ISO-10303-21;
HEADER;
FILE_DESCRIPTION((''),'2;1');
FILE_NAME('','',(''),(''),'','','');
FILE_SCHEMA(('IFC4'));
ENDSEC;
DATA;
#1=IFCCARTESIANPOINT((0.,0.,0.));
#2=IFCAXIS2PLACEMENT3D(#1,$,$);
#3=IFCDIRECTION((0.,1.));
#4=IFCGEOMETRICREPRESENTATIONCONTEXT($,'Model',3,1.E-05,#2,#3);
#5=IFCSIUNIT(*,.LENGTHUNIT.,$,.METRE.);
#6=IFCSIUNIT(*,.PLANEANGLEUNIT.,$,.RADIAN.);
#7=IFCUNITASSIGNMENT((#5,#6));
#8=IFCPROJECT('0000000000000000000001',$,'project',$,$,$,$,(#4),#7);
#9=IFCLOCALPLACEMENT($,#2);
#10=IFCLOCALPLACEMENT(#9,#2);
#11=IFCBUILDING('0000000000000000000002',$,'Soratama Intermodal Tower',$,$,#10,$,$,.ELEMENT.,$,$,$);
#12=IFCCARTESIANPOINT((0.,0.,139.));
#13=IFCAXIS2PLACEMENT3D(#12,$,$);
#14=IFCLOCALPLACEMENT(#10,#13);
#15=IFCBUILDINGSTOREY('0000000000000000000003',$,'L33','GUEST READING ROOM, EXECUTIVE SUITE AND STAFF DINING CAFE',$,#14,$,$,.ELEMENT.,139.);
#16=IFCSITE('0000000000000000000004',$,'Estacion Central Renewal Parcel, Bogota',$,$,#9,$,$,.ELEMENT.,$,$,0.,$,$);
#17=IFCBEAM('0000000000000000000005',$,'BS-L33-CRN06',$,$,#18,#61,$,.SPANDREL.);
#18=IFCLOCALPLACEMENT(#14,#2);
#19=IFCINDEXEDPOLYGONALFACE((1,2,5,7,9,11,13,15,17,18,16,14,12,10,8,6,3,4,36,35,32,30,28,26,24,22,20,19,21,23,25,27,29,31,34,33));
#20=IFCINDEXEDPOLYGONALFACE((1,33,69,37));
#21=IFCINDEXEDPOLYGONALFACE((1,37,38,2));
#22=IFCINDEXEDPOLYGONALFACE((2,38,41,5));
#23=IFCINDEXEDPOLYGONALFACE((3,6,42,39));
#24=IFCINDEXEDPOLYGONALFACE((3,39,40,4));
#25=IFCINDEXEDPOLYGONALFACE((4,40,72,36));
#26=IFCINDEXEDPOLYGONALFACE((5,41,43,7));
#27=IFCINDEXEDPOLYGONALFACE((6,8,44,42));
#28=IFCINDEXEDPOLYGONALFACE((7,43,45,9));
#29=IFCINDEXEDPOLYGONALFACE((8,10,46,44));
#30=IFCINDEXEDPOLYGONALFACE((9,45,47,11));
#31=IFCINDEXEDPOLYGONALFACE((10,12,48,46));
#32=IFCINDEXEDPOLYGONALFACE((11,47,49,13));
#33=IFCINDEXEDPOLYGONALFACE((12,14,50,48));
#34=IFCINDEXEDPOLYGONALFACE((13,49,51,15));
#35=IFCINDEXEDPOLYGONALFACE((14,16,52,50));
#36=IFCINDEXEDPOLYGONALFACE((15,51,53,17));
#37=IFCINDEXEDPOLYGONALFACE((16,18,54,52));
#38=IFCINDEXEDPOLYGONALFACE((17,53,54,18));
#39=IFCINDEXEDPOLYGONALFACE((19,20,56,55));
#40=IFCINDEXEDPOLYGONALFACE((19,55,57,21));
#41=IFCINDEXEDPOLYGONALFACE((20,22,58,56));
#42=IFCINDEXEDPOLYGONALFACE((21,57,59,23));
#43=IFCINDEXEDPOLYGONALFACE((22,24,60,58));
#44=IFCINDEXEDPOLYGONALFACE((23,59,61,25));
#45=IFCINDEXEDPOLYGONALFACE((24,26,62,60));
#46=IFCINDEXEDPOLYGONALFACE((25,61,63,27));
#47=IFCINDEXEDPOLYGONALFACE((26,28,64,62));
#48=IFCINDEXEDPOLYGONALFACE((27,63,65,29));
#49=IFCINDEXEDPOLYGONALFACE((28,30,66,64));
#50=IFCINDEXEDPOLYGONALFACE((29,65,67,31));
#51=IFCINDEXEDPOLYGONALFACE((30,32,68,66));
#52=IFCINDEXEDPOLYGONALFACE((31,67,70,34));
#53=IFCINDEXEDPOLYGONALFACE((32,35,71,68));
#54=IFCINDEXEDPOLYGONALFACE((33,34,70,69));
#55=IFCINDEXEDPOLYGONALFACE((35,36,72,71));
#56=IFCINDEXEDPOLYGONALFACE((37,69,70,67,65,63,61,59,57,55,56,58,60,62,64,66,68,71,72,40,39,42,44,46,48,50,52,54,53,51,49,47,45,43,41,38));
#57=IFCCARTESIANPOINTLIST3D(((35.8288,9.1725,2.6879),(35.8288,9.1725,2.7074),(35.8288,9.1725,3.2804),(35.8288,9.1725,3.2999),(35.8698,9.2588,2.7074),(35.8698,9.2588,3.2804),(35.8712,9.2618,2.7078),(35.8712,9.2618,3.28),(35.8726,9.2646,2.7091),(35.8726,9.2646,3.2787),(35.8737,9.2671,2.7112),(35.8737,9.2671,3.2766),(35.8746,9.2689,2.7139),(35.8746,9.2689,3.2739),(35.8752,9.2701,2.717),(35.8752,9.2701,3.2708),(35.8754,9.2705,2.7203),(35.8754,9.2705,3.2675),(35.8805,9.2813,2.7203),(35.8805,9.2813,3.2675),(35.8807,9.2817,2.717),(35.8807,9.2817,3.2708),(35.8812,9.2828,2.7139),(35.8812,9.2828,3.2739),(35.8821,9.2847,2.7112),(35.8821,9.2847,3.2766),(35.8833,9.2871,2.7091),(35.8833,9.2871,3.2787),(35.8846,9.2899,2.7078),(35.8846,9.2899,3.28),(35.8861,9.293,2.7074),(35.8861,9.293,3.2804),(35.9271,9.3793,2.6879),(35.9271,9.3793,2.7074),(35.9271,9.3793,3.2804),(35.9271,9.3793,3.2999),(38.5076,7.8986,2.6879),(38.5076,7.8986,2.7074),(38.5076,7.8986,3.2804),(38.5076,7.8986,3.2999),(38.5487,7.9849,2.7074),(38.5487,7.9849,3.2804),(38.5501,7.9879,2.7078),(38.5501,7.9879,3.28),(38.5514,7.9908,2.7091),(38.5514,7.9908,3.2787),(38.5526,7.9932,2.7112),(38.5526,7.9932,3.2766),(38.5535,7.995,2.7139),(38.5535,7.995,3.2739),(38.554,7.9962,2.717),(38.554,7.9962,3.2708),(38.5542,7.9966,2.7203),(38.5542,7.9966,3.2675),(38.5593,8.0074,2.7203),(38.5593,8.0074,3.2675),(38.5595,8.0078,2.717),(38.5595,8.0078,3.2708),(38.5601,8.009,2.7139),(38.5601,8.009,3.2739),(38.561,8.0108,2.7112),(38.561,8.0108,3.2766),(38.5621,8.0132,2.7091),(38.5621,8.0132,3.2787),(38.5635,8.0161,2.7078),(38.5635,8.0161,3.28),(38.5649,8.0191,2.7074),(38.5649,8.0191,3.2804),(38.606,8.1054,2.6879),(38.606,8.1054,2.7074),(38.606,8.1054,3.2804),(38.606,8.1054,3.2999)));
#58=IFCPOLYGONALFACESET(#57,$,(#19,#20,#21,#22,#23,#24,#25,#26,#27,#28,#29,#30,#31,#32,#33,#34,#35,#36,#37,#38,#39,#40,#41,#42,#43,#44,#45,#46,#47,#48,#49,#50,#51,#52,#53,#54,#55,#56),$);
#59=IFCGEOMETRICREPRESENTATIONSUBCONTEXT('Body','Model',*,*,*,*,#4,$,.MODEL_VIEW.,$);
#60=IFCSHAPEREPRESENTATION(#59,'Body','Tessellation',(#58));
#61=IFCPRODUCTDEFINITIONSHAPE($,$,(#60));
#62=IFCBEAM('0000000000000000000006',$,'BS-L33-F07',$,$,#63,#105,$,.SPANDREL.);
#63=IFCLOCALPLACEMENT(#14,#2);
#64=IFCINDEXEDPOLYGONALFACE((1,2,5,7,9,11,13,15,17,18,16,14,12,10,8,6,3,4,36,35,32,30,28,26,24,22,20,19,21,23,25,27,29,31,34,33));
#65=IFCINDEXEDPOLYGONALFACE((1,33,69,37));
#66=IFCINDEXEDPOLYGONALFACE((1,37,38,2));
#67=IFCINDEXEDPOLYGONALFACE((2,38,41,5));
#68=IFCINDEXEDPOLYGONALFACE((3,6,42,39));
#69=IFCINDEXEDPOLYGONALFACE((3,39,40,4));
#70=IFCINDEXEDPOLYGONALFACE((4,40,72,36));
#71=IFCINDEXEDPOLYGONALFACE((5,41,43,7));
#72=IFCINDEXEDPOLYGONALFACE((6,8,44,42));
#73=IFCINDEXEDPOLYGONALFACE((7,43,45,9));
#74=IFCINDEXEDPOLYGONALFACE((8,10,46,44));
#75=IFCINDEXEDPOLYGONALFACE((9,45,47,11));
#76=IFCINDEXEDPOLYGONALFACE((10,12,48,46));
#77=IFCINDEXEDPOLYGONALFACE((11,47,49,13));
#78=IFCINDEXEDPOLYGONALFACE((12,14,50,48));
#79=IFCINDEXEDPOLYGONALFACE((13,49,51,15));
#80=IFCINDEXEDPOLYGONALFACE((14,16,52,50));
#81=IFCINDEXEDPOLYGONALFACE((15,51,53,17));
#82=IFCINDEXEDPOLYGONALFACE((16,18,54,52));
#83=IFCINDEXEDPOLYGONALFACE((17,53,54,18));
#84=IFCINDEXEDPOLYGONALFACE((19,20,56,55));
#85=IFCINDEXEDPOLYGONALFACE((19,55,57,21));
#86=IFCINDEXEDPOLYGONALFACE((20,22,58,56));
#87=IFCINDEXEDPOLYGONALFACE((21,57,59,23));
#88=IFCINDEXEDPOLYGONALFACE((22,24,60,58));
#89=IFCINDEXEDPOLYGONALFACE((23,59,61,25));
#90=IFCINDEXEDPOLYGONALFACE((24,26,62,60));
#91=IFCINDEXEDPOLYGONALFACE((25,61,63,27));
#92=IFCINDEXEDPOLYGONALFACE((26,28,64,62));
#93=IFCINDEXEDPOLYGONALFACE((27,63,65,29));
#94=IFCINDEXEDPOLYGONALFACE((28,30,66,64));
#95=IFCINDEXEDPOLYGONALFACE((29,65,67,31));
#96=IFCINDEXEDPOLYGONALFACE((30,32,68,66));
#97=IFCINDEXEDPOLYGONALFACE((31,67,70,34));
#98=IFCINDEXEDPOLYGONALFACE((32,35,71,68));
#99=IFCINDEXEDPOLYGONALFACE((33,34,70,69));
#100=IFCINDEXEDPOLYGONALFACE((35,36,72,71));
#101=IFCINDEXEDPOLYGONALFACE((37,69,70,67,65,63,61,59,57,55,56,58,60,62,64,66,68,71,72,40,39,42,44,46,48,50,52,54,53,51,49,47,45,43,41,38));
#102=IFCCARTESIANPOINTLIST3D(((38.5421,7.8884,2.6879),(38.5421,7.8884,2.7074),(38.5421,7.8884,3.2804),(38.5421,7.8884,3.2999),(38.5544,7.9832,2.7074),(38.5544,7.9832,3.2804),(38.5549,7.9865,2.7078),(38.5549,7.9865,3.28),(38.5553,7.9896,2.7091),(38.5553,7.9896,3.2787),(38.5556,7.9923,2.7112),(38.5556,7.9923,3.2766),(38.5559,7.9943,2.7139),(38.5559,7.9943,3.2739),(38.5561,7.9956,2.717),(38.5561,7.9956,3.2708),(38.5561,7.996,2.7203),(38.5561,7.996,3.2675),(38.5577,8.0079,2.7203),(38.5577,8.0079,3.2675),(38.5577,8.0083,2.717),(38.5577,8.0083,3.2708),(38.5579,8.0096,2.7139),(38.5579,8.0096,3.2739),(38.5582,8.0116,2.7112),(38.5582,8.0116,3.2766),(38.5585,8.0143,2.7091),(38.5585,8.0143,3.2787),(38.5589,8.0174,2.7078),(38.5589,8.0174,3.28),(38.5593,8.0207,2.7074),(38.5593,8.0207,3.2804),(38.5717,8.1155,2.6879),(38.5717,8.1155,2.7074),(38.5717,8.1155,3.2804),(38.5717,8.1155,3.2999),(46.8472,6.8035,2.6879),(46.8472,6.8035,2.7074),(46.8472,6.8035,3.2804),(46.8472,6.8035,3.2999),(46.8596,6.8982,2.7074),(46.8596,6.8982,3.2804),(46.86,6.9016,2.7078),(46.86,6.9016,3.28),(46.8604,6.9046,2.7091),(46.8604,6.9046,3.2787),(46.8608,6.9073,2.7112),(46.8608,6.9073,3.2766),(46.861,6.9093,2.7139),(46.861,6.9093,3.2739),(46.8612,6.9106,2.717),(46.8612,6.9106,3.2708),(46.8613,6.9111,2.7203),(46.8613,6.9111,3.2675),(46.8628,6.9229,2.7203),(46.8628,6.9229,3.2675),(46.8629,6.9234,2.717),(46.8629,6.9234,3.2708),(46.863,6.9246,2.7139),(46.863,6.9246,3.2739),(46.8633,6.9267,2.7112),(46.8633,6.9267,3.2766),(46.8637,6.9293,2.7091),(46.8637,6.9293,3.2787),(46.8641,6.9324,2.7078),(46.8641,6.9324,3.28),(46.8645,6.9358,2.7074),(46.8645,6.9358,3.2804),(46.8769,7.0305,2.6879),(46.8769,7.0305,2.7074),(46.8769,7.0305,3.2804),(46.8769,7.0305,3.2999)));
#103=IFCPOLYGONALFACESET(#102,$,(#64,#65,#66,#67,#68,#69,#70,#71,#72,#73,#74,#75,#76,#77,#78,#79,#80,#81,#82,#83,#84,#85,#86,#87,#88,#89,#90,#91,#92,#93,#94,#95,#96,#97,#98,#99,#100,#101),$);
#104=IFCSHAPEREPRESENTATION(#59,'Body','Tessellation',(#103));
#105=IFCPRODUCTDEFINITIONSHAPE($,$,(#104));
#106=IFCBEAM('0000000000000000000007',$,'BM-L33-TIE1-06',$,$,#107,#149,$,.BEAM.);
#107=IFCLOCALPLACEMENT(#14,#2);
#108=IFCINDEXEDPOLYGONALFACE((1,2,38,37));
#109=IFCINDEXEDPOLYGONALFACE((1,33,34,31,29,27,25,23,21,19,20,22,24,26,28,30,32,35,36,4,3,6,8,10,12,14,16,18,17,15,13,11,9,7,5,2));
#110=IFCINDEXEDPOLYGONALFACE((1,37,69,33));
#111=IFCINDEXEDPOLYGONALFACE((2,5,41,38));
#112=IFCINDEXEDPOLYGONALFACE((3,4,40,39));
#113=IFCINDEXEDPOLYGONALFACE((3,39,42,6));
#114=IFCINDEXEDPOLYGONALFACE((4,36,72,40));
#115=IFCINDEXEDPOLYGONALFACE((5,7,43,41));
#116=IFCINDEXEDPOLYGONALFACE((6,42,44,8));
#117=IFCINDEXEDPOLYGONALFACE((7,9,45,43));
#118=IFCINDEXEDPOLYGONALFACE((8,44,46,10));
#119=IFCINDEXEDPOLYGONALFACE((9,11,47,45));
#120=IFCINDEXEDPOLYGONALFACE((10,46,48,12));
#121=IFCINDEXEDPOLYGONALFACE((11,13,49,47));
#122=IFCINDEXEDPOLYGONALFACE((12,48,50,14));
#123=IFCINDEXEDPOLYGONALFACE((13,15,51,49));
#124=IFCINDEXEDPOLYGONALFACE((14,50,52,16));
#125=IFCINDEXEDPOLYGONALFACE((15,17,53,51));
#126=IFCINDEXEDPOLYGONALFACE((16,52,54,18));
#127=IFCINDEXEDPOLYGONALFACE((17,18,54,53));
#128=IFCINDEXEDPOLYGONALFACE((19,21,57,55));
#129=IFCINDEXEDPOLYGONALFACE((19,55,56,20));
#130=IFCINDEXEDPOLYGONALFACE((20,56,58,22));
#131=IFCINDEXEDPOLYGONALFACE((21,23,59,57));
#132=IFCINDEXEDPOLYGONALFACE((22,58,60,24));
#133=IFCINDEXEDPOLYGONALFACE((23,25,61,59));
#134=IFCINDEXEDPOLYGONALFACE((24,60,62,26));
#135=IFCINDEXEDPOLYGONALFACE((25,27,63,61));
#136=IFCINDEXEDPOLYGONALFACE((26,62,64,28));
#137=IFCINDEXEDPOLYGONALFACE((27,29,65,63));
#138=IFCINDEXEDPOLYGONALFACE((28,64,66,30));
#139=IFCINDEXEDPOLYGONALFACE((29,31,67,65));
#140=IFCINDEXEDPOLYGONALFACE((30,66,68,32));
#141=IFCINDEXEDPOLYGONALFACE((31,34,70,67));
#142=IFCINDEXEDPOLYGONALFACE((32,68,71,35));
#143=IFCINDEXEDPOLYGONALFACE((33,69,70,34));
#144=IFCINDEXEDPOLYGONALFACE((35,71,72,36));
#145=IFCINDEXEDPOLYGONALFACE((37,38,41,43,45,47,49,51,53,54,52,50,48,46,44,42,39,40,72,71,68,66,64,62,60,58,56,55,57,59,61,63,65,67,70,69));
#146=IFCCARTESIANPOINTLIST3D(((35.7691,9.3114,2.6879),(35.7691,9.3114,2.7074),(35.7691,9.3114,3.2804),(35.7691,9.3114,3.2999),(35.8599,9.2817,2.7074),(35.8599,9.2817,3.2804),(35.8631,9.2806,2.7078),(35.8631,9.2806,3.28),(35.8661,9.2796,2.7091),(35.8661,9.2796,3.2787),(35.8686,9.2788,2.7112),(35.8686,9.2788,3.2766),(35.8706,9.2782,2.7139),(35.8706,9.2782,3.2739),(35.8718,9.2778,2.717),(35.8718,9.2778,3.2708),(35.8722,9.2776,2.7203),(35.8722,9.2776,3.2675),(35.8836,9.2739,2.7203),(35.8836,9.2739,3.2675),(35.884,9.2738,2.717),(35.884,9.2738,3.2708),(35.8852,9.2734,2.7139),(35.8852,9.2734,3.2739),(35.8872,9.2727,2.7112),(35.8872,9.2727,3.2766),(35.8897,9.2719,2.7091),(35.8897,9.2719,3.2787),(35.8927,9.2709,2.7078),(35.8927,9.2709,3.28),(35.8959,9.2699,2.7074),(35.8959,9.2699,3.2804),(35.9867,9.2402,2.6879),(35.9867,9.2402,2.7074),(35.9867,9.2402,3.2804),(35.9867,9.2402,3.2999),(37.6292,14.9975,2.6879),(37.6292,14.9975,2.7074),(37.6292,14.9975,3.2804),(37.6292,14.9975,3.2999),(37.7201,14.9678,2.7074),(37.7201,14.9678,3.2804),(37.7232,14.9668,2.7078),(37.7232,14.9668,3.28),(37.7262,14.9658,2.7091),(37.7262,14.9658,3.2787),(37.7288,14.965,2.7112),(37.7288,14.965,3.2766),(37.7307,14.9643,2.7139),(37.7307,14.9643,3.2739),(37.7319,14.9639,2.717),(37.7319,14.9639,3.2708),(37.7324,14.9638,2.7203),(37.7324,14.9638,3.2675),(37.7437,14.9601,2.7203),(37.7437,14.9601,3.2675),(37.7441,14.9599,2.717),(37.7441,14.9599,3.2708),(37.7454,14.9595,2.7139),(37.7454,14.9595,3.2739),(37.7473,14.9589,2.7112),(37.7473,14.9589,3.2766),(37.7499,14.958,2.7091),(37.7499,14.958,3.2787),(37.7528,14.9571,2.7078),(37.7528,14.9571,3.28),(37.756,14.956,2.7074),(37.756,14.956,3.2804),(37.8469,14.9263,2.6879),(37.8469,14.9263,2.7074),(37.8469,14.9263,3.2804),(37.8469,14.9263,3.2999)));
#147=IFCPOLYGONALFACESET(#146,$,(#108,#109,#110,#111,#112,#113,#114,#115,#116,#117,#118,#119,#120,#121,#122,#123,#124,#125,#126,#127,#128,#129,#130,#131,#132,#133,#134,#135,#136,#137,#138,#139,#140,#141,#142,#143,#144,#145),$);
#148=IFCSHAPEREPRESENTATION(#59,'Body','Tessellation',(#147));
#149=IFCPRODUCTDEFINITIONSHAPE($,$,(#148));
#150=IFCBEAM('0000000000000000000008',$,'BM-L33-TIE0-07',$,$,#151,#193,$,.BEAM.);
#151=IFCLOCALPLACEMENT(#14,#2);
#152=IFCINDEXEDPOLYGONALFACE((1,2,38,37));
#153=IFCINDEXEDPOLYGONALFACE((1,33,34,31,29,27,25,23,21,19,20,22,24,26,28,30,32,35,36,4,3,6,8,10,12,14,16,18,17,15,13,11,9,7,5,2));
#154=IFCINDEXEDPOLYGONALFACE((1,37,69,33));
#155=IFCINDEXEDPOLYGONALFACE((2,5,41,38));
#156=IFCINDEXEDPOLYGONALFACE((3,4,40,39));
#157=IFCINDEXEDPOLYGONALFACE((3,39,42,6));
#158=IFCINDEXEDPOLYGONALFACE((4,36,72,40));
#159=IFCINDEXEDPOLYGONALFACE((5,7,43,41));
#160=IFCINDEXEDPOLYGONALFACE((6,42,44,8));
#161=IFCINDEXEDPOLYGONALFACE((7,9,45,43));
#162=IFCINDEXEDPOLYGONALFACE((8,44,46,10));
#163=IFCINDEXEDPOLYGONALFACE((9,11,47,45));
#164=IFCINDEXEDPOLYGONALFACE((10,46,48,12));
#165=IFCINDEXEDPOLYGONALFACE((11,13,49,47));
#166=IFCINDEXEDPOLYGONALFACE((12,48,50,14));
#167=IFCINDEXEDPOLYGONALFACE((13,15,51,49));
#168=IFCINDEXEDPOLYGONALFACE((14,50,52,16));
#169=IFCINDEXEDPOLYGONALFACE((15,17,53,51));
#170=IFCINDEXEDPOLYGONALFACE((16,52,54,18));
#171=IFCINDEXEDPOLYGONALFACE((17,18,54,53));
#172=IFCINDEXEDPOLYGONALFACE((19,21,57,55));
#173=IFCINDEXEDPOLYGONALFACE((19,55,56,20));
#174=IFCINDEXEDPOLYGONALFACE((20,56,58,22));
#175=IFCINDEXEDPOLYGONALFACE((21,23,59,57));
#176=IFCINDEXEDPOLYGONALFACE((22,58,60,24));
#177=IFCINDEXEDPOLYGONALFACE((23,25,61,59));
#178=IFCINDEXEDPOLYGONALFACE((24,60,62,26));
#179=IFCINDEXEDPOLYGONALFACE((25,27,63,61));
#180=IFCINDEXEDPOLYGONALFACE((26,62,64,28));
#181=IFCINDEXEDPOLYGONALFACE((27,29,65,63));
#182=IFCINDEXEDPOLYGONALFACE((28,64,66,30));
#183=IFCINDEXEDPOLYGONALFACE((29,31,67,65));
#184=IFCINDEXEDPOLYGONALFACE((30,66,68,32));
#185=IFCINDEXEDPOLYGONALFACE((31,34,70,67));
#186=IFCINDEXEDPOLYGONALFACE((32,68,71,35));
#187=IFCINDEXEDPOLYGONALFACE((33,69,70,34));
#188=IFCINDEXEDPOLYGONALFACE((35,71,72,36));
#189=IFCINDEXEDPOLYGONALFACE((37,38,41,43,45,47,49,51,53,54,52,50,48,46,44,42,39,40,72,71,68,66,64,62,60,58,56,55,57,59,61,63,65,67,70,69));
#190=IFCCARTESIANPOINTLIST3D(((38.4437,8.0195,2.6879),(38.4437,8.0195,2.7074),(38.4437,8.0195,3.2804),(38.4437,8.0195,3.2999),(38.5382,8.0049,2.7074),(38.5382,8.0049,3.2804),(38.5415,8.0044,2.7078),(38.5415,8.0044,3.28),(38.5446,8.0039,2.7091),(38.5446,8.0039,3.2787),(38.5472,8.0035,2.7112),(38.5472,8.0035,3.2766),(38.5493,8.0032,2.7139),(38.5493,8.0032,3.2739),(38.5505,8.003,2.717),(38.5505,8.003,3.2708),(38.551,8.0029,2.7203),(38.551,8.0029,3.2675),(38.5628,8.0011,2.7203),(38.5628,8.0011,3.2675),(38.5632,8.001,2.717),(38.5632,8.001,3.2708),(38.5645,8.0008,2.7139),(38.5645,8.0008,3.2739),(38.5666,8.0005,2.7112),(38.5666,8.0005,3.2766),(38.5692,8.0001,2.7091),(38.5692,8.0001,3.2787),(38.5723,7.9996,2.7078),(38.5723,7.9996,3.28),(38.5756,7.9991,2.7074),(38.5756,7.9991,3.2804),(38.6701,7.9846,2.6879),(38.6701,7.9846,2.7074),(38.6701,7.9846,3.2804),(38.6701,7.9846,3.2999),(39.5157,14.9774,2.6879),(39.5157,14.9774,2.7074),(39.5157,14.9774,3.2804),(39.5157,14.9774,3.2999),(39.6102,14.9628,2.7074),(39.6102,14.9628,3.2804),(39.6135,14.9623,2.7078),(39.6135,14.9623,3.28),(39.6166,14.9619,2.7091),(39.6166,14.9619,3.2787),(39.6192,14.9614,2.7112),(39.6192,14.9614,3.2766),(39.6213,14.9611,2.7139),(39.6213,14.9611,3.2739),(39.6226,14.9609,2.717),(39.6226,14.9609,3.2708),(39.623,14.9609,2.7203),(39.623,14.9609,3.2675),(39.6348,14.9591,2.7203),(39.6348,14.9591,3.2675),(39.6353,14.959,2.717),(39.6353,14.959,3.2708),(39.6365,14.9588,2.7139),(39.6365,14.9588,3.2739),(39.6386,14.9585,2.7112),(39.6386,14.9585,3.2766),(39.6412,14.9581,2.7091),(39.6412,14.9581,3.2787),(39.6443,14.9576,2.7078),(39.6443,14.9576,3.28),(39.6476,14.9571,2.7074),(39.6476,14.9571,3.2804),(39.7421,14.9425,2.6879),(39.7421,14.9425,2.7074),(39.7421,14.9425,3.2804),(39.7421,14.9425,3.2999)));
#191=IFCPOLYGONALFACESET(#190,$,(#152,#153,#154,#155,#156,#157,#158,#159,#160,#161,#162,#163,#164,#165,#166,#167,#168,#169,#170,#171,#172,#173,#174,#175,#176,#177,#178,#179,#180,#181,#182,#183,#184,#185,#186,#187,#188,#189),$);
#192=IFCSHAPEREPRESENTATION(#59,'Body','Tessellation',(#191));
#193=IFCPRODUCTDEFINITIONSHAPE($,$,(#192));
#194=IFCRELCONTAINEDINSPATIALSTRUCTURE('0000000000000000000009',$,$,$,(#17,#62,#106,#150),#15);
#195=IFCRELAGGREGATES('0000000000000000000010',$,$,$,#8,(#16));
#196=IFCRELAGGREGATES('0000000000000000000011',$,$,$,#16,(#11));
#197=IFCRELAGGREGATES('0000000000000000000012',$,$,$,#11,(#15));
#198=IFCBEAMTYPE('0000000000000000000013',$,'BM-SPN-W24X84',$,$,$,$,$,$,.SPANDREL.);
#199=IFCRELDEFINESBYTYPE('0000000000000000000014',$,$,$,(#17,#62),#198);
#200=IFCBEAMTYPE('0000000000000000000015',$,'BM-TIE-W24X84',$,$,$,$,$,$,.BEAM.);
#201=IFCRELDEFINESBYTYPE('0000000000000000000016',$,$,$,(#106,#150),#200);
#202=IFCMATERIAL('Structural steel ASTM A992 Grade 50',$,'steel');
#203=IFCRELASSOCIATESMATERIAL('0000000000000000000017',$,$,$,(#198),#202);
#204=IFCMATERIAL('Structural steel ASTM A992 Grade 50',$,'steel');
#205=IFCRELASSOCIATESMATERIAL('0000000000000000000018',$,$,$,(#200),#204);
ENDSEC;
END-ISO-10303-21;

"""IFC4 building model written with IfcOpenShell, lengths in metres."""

from ifc_helpers import new_model, si_unit, direction, frame, origin, origin_2d, place, context, subcontext, project, spatial, i_section, extrude, material, material_profile, profile_set, type_object, element, save


model = new_model("IFC4")

# Units and contexts
model_context = context("Model", 3, precision=1e-05, world=origin(), true_north=direction((0.0, 1.0)))
body_context = subcontext(model_context, "Body", "Model", "MODEL_VIEW")
ifc_project = project(units=[si_unit("LENGTHUNIT", "METRE"), si_unit("PLANEANGLEUNIT", "RADIAN")], contexts=[model_context])

# Site, building, storey
site_placement = place(None, origin())
site = spatial("IfcSite", under=ifc_project, at=site_placement, Name="Estacion Central Renewal Parcel, Bogota", CompositionType="ELEMENT", RefElevation=0.0)
building_placement = place(site_placement, origin())
building = spatial("IfcBuilding", under=site, at=building_placement, Name="Soratama Intermodal Tower", CompositionType="ELEMENT")
storey_placement = place(building_placement, frame((0.0, 0.0, 139.0)))
storey = spatial("IfcBuildingStorey", under=building, at=storey_placement, Name="L33", Description="GUEST READING ROOM, EXECUTIVE SUITE AND STAFF DINING CAFE", CompositionType="ELEMENT", Elevation=139.0)

# Beams
ifc_material_1 = material(Name="Structural steel ASTM A992 Grade 50", Category="steel")
ifc_material_profile_1 = material_profile(ifc_material_1, i_section(OverallWidth=0.229, OverallDepth=0.6121, WebThickness=0.012, FlangeThickness=0.0195, FilletRadius=0.0129, at=origin_2d()), Name="W24X84")
ifc_profile_set_1 = profile_set([ifc_material_profile_1], Name="Structural steel ASTM A992 Grade 50")
beam_type_1 = type_object("IfcBeamType", Name="BM-SPN-W24X84", PredefinedType="SPANDREL", material=ifc_profile_set_1)
beam_1_placement = place(storey_placement, frame((35.8779, 9.2759, 2.9939), z_axis=(0.903092, -0.429448, 0.0), x_axis=(0.429448, 0.903092, 0.0)))
element("IfcBeam", 1, at=beam_1_placement, inside=storey, type_object=beam_type_1, Name="BS-L33-CRN06", PredefinedType="SPANDREL", context=body_context, shape_type="SweptSolid", body=[
    extrude(i_section(OverallWidth=0.229, OverallDepth=0.6121, WebThickness=0.012, FlangeThickness=0.0195, FilletRadius=0.0129, at=origin_2d()), origin(), (0.0, 0.0, 1.0), 2.9663),
])
beam_2_placement = place(storey_placement, frame((38.5569, 8.002, 2.9939), z_axis=(0.991575, -0.129536, 0.0), x_axis=(0.129536, 0.991575, 0.0)))
element("IfcBeam", 2, at=beam_2_placement, inside=storey, type_object=beam_type_1, Name="BS-L33-F07", PredefinedType="SPANDREL", context=body_context, shape_type="SweptSolid", body=[
    extrude(i_section(OverallWidth=0.229, OverallDepth=0.6121, WebThickness=0.012, FlangeThickness=0.0195, FilletRadius=0.0129, at=origin_2d()), origin(), (0.0, 0.0, 1.0), 8.3757),
])
ifc_material_2 = material(Name="Structural steel ASTM A992 Grade 50", Category="steel")
ifc_material_profile_2 = material_profile(ifc_material_2, i_section(OverallWidth=0.229, OverallDepth=0.6121, WebThickness=0.012, FlangeThickness=0.0195, FilletRadius=0.0129, at=origin_2d()), Name="W24X84")
ifc_profile_set_2 = profile_set([ifc_material_profile_2], Name="Structural steel ASTM A992 Grade 50")
beam_type_2 = type_object("IfcBeamType", Name="BM-TIE-W24X84", PredefinedType="BEAM", material=ifc_profile_set_2)
beam_3_placement = place(storey_placement, frame((37.738, 14.9619, 2.9939), z_axis=(-0.310922, -0.950436, 0.0), x_axis=(0.950436, -0.310922, 0.0)))
element("IfcBeam", 3, at=beam_3_placement, inside=storey, type_object=beam_type_2, Name="BM-L33-TIE1-06", PredefinedType="BEAM", context=body_context, shape_type="SweptSolid", body=[
    extrude(i_section(OverallWidth=0.229, OverallDepth=0.6121, WebThickness=0.012, FlangeThickness=0.0195, FilletRadius=0.0129, at=origin_2d()), origin(), (0.0, 0.0, 1.0), 5.9827),
])
beam_4_placement = place(storey_placement, frame((39.6289, 14.96, 2.9939), z_axis=(-0.152273, -0.988338, 0.0), x_axis=(0.988338, -0.152273, 0.0)))
element("IfcBeam", 4, at=beam_4_placement, inside=storey, type_object=beam_type_2, Name="BM-L33-TIE0-07", PredefinedType="BEAM", context=body_context, shape_type="SweptSolid", body=[
    extrude(i_section(OverallWidth=0.229, OverallDepth=0.6121, WebThickness=0.012, FlangeThickness=0.0195, FilletRadius=0.0129, at=origin_2d()), origin(), (0.0, 0.0, 1.0), 7.04),
])

save(model, "model.ifc")
